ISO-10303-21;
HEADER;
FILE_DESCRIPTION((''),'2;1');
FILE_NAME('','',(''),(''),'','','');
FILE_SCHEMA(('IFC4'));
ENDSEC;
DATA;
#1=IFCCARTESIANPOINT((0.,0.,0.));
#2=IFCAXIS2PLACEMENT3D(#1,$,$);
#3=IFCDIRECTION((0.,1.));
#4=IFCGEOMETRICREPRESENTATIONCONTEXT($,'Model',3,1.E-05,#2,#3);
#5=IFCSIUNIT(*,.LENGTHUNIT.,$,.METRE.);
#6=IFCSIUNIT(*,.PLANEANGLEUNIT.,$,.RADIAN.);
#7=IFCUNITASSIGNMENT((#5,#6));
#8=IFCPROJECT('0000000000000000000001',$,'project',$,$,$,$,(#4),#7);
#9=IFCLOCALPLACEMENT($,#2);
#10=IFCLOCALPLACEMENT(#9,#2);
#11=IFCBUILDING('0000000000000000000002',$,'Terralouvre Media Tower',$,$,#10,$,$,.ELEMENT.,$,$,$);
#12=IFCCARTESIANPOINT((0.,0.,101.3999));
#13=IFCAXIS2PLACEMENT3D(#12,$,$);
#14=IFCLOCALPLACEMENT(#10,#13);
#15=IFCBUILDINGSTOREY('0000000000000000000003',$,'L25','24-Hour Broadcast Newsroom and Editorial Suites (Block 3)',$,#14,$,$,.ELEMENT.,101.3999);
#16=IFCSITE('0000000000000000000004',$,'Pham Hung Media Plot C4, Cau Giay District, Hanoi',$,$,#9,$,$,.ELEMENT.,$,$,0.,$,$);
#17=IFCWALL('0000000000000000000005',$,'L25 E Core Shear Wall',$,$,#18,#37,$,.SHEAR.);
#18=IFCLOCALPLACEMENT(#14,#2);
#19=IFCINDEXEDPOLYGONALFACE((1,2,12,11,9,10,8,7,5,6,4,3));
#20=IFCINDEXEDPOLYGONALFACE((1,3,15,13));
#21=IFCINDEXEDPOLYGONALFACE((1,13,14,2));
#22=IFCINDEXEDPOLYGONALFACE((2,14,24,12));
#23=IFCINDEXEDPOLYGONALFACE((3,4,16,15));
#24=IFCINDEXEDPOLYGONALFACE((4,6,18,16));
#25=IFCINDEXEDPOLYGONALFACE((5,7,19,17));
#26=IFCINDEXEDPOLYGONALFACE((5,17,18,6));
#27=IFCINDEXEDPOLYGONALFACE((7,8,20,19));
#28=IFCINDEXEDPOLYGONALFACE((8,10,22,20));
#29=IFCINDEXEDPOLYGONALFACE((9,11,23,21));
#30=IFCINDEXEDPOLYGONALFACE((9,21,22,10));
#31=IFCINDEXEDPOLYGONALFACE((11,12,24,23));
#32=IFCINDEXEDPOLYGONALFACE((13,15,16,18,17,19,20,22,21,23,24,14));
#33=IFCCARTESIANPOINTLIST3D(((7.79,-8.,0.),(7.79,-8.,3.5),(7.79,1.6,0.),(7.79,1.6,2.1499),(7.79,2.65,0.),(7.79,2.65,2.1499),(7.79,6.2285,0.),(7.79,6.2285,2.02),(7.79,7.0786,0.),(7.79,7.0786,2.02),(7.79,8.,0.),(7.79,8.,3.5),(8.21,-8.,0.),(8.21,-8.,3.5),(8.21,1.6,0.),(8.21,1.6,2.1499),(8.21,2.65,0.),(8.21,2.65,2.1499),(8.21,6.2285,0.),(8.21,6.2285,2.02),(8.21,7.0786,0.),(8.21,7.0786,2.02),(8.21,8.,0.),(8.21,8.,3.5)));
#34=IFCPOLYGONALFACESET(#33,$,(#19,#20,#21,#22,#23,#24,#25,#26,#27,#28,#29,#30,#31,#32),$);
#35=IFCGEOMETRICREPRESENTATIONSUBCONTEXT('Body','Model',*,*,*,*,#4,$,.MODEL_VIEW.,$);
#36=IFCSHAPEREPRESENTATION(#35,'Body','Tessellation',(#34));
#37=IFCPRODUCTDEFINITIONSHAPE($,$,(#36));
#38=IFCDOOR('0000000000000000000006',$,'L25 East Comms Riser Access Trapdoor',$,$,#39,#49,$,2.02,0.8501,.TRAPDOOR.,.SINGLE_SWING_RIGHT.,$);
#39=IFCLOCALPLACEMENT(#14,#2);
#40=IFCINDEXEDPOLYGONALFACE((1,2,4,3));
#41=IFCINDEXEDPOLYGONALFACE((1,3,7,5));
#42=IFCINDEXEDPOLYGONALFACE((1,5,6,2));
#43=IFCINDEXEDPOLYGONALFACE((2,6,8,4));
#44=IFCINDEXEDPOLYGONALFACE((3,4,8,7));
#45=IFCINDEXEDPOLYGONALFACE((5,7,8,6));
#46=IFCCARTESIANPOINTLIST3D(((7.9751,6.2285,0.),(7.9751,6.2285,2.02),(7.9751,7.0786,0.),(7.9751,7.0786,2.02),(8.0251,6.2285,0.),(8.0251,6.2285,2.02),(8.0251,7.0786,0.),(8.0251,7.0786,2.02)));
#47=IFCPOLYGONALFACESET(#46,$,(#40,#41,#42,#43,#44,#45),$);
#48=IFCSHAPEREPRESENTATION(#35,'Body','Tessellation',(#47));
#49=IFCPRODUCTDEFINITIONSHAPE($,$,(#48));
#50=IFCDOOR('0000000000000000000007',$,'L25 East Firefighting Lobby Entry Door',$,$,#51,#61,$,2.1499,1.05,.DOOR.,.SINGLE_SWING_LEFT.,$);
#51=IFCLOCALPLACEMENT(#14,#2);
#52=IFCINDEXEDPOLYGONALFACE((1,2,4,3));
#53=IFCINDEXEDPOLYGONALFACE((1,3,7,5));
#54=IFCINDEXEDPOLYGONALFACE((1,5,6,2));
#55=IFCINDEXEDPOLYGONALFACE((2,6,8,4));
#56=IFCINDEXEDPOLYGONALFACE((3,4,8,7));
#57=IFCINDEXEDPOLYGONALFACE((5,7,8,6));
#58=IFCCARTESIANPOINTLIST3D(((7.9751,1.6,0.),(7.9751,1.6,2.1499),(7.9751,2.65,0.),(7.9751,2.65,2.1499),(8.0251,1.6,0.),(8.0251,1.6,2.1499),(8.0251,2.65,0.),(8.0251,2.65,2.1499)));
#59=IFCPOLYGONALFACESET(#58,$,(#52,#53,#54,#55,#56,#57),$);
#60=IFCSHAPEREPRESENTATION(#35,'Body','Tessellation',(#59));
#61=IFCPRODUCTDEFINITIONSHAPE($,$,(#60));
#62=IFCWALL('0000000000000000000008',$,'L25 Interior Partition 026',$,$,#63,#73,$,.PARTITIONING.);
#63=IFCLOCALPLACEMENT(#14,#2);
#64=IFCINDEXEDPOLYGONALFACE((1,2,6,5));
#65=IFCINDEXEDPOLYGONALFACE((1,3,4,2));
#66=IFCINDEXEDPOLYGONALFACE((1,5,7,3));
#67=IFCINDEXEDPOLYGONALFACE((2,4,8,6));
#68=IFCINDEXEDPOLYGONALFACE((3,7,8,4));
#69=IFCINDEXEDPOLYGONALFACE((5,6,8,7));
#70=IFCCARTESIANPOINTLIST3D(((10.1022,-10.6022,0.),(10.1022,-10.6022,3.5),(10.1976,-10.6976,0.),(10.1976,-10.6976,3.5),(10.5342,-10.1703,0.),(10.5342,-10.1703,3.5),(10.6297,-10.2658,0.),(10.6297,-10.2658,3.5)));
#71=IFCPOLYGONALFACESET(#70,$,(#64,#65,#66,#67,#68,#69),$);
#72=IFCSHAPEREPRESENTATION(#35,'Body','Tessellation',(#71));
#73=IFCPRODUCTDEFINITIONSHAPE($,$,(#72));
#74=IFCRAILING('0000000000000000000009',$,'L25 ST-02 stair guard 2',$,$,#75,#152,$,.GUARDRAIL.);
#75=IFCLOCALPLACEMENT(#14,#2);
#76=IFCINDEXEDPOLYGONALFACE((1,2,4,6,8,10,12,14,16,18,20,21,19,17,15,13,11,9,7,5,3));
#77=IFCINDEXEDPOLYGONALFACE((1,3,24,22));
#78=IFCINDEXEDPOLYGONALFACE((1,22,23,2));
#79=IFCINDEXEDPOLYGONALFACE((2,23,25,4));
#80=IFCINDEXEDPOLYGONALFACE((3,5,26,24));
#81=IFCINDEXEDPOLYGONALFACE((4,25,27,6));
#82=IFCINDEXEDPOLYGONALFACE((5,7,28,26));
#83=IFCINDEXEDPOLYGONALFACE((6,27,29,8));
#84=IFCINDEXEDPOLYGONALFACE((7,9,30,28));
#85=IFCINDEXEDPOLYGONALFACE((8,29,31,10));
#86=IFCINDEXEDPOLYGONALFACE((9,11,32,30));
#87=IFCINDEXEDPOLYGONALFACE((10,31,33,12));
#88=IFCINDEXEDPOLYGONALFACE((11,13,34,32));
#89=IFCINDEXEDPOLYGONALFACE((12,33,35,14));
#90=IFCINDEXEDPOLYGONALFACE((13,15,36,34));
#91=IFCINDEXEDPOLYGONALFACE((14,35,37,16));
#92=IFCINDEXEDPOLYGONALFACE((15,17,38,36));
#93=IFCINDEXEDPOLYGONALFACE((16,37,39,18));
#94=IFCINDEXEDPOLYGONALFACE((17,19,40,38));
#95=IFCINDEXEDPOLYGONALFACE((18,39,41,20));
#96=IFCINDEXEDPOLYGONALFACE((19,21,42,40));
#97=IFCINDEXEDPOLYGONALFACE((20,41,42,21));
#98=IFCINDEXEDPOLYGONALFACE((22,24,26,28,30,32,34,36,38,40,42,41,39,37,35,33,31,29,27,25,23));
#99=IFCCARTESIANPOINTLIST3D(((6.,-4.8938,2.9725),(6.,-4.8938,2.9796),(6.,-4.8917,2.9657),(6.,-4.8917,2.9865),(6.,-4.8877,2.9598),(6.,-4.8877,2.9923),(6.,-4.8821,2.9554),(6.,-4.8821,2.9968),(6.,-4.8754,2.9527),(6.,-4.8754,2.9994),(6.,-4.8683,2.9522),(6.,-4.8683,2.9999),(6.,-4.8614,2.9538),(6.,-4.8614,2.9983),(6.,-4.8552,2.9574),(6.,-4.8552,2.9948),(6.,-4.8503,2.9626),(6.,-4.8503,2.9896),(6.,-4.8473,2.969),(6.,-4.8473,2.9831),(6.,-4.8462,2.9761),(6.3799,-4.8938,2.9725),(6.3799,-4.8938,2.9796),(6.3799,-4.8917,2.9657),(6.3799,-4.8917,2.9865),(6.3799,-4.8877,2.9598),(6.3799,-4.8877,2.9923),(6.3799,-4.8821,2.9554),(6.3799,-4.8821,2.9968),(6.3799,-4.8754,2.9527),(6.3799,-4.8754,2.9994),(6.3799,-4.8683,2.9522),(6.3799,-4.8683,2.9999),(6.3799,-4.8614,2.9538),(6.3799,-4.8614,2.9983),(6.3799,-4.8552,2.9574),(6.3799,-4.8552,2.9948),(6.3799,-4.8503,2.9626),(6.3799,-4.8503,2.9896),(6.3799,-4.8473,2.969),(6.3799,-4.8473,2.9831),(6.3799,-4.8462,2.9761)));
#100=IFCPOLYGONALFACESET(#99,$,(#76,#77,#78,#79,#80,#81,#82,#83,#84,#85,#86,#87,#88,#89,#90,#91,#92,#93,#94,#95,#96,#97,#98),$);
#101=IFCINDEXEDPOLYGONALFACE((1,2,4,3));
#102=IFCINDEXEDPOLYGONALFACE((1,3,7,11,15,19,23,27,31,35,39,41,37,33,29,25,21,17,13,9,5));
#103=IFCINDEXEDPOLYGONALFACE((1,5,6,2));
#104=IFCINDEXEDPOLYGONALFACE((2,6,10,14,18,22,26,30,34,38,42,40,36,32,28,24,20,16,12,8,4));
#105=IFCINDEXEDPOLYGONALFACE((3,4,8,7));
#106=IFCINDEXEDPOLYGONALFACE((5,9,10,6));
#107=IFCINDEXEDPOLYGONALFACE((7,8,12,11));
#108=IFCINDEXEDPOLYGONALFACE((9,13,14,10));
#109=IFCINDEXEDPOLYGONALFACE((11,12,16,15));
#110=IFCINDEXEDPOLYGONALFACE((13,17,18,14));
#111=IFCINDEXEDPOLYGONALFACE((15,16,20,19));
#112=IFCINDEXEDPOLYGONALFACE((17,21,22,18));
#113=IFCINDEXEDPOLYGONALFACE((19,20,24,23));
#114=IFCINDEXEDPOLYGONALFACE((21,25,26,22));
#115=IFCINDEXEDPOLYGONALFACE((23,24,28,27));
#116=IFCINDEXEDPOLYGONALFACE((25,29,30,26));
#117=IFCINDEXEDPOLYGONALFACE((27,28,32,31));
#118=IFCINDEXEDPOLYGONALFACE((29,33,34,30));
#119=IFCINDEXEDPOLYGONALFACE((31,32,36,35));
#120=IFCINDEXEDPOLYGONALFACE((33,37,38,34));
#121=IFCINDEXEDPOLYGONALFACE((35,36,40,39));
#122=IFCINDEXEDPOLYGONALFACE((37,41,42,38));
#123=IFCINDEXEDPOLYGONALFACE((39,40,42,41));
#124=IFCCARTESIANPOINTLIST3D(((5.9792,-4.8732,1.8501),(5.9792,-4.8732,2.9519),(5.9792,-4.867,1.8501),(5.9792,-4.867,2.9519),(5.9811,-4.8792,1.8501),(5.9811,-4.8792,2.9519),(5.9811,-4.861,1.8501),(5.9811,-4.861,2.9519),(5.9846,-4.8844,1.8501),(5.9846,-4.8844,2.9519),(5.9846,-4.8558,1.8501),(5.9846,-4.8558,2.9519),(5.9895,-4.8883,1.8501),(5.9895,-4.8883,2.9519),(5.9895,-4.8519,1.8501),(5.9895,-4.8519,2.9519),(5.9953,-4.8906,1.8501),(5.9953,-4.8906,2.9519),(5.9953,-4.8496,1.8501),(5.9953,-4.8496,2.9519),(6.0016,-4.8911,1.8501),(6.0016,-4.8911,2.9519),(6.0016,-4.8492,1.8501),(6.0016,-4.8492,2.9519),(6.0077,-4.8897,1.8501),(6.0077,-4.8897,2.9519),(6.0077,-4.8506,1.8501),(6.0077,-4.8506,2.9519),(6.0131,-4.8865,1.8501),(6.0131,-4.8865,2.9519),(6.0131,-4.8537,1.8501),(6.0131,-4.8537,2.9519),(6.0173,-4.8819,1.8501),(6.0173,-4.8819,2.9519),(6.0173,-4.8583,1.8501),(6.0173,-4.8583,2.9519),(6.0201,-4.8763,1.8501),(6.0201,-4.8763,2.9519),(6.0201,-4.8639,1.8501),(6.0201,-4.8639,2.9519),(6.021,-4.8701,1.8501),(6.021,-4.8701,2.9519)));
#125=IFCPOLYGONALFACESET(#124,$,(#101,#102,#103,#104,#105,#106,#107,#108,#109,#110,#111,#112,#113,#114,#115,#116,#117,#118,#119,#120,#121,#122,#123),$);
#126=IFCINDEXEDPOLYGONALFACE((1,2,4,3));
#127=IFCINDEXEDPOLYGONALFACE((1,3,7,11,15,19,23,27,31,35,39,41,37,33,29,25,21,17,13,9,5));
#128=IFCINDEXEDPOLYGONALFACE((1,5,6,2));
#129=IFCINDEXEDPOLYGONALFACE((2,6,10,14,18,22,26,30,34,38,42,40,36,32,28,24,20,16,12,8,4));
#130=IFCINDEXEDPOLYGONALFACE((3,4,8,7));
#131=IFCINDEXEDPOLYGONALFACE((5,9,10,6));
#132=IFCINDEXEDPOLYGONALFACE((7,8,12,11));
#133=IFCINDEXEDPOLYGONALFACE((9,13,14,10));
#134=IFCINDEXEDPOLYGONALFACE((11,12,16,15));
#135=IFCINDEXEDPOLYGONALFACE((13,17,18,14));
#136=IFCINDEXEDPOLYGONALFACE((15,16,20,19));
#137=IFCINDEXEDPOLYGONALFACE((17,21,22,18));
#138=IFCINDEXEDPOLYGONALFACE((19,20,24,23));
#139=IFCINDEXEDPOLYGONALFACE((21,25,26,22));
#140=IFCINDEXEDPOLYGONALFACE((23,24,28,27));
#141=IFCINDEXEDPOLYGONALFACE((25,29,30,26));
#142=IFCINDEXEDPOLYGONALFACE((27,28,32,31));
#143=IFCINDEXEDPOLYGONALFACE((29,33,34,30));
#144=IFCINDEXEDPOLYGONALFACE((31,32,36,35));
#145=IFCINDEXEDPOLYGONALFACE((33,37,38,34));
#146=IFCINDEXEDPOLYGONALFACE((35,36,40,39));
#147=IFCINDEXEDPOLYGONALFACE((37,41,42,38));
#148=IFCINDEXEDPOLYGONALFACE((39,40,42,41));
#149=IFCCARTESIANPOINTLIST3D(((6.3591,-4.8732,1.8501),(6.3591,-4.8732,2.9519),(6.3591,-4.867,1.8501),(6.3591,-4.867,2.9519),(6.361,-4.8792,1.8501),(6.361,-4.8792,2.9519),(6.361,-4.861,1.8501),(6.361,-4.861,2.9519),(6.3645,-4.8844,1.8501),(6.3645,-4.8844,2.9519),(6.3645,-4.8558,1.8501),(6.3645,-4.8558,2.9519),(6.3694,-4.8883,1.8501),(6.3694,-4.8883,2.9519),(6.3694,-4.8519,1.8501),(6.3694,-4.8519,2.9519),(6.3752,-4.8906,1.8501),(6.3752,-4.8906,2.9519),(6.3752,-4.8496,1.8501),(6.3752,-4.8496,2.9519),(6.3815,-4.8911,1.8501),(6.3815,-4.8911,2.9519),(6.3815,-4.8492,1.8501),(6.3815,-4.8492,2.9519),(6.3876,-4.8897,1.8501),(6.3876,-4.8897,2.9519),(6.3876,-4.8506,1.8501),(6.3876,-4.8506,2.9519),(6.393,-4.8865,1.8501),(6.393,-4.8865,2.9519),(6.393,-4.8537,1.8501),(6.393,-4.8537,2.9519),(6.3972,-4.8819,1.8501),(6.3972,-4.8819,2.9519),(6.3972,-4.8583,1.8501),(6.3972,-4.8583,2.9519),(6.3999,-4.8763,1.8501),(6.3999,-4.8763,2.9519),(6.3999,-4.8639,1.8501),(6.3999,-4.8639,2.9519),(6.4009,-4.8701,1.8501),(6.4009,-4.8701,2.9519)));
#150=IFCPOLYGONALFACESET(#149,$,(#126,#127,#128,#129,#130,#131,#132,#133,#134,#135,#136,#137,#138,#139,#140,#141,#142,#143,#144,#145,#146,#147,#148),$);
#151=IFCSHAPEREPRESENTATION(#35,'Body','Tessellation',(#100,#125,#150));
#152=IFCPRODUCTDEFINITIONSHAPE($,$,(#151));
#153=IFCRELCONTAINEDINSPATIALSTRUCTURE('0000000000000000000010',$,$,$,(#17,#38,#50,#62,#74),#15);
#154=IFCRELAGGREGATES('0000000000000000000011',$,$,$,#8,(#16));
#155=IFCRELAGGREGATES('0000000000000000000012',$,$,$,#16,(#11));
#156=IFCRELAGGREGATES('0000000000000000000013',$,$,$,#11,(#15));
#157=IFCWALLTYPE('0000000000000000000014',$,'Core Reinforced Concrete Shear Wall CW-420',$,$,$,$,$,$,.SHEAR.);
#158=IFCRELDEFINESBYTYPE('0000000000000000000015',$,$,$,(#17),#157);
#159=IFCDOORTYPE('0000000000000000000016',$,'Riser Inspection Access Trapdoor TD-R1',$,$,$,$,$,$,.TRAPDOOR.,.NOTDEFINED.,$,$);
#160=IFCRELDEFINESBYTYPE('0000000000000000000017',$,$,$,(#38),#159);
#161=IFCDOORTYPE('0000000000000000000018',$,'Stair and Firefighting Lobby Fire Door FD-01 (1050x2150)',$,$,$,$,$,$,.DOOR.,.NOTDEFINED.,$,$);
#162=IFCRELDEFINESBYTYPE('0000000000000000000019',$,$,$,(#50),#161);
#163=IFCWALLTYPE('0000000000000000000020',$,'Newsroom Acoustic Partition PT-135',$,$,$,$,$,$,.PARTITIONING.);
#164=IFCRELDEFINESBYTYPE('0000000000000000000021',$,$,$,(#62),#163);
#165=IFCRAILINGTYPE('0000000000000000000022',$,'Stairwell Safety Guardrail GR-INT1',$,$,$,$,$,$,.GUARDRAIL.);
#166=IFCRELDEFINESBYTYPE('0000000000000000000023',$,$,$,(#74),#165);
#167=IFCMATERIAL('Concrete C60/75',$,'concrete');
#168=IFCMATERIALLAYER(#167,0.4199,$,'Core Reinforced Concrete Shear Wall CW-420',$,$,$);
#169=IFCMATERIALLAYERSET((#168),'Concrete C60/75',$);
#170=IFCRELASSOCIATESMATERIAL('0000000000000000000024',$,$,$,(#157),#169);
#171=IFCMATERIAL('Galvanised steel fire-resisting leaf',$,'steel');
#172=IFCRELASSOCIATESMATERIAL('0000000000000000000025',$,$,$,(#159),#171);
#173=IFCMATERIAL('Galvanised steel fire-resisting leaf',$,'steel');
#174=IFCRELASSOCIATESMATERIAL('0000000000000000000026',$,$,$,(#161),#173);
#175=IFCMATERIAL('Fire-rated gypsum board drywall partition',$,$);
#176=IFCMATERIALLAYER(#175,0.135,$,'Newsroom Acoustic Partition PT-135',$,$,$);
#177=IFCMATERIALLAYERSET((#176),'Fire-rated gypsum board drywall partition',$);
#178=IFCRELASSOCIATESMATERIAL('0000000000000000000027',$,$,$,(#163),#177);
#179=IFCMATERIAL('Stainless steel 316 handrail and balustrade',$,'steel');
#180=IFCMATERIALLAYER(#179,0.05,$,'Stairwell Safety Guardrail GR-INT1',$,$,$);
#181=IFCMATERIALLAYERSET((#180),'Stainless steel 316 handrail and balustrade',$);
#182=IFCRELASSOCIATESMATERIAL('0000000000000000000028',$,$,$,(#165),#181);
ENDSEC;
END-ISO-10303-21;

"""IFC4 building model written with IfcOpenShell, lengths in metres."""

from ifc_helpers import new_model, si_unit, direction, frame, frame_2d, origin, origin_2d, place, context, subcontext, project, spatial, rectangle, circle, extrude, material, layer, layer_set, type_object, element, fill, save


model = new_model("IFC4")

# Units and contexts
model_context = context("Model", 3, precision=1e-05, world=origin(), true_north=direction((0.0, 1.0)))
body_context = subcontext(model_context, "Body", "Model", "MODEL_VIEW")
ifc_project = project(units=[si_unit("LENGTHUNIT", "METRE"), si_unit("PLANEANGLEUNIT", "RADIAN")], contexts=[model_context])

# Site, building, storey
site_placement = place(None, origin())
site = spatial("IfcSite", under=ifc_project, at=site_placement, Name="Pham Hung Media Plot C4, Cau Giay District, Hanoi", CompositionType="ELEMENT", RefElevation=0.0)
building_placement = place(site_placement, origin())
building = spatial("IfcBuilding", under=site, at=building_placement, Name="Terralouvre Media Tower", CompositionType="ELEMENT")
storey_placement = place(building_placement, frame((0.0, 0.0, 101.3999)))
storey = spatial("IfcBuildingStorey", under=building, at=storey_placement, Name="L25", Description="24-Hour Broadcast Newsroom and Editorial Suites (Block 3)", CompositionType="ELEMENT", Elevation=101.3999)

# Wall, openings, doors
ifc_material_1 = material(Name="Concrete C60/75", Category="concrete")
ifc_layer_1 = layer(ifc_material_1, 0.4199, Name="Core Reinforced Concrete Shear Wall CW-420")
ifc_layer_set_1 = layer_set([ifc_layer_1], Name="Concrete C60/75")
wall_type_1 = type_object("IfcWallType", Name="Core Reinforced Concrete Shear Wall CW-420", PredefinedType="SHEAR", material=ifc_layer_set_1)
wall_1_placement = place(storey_placement, frame((8.0, -8.0, 0.0), z_axis=(0.0, 0.0, 1.0), x_axis=(0.0, 1.0, 0.0)))
wall_1 = element("IfcWall", 1, at=wall_1_placement, inside=storey, type_object=wall_type_1, Name="L25 E Core Shear Wall", PredefinedType="SHEAR", context=body_context, shape_type="SweptSolid", body=[
    extrude(rectangle(XDim=16.0, YDim=0.4199, at=frame_2d((8.0, 0.0))), origin(), (0.0, 0.0, 1.0), 3.5),
])
opening_1_placement = place(wall_1_placement, frame((9.6001, 0.0, 0.0)))
opening_1 = element("IfcOpeningElement", 2, at=opening_1_placement, cuts=wall_1, PredefinedType="OPENING", context=body_context, shape_type="SweptSolid", body=[
    extrude(rectangle(XDim=1.05, YDim=2.1499, at=frame_2d((0.5249, 1.075))), frame((0.0, 0.22, 0.0), z_axis=(0.0, -1.0, 0.0), x_axis=(1.0, 0.0, 0.0)), (0.0, 0.0, 1.0), 0.4399),
])
opening_2_placement = place(wall_1_placement, frame((14.2285, 0.0, 0.0)))
opening_2 = element("IfcOpeningElement", 3, at=opening_2_placement, cuts=wall_1, PredefinedType="OPENING", context=body_context, shape_type="SweptSolid", body=[
    extrude(rectangle(XDim=0.8501, YDim=2.02, at=frame_2d((0.425, 1.01))), frame((0.0, 0.22, 0.0), z_axis=(0.0, -1.0, 0.0), x_axis=(1.0, 0.0, 0.0)), (0.0, 0.0, 1.0), 0.4399),
])
ifc_material_2 = material(Name="Galvanised steel fire-resisting leaf", Category="steel")
door_type_1 = type_object("IfcDoorType", Name="Riser Inspection Access Trapdoor TD-R1", OperationType="NOTDEFINED", PredefinedType="TRAPDOOR", material=ifc_material_2)
door_1_placement = place(opening_2_placement, origin())
door_1 = element("IfcDoor", 4, at=door_1_placement, inside=storey, type_object=door_type_1, Name="L25 East Comms Riser Access Trapdoor", OperationType="SINGLE_SWING_RIGHT", OverallHeight=2.02, OverallWidth=0.8501, PredefinedType="TRAPDOOR", context=body_context, shape_type="SweptSolid", body=[
    extrude(rectangle(XDim=0.8501, YDim=2.02, at=frame_2d((0.425, 1.01))), frame((0.0, 0.0249, 0.0), z_axis=(0.0, -1.0, 0.0), x_axis=(1.0, 0.0, 0.0)), (0.0, 0.0, 1.0), 0.05),
])
fill(opening_2, door_1)
ifc_material_3 = material(Name="Galvanised steel fire-resisting leaf", Category="steel")
door_type_2 = type_object("IfcDoorType", Name="Stair and Firefighting Lobby Fire Door FD-01 (1050x2150)", OperationType="NOTDEFINED", PredefinedType="DOOR", material=ifc_material_3)
door_2_placement = place(opening_1_placement, origin())
door_2 = element("IfcDoor", 5, at=door_2_placement, inside=storey, type_object=door_type_2, Name="L25 East Firefighting Lobby Entry Door", OperationType="SINGLE_SWING_LEFT", OverallHeight=2.1499, OverallWidth=1.05, PredefinedType="DOOR", context=body_context, shape_type="SweptSolid", body=[
    extrude(rectangle(XDim=1.05, YDim=2.1499, at=frame_2d((0.5249, 1.075))), frame((0.0, 0.0249, 0.0), z_axis=(0.0, -1.0, 0.0), x_axis=(1.0, 0.0, 0.0)), (0.0, 0.0, 1.0), 0.05),
])
fill(opening_1, door_2)

# Wall
ifc_material_4 = material(Name="Fire-rated gypsum board drywall partition")
ifc_layer_2 = layer(ifc_material_4, 0.135, Name="Newsroom Acoustic Partition PT-135")
ifc_layer_set_2 = layer_set([ifc_layer_2], Name="Fire-rated gypsum board drywall partition")
wall_type_2 = type_object("IfcWallType", Name="Newsroom Acoustic Partition PT-135", PredefinedType="PARTITIONING", material=ifc_layer_set_2)
wall_2_placement = place(storey_placement, frame((10.1499, -10.6499, 0.0), z_axis=(0.0, 0.0, 1.0), x_axis=(0.707307, 0.706907, 0.0)))
element("IfcWall", 6, at=wall_2_placement, inside=storey, type_object=wall_type_2, Name="L25 Interior Partition 026", PredefinedType="PARTITIONING", context=body_context, shape_type="SweptSolid", body=[
    extrude(rectangle(XDim=0.6108, YDim=0.135, at=frame_2d((0.3054, 0.0))), origin(), (0.0, 0.0, 1.0), 3.5),
])

# Railing
ifc_material_5 = material(Name="Stainless steel 316 handrail and balustrade", Category="steel")
ifc_layer_3 = layer(ifc_material_5, 0.05, Name="Stairwell Safety Guardrail GR-INT1")
ifc_layer_set_3 = layer_set([ifc_layer_3], Name="Stainless steel 316 handrail and balustrade")
railing_type = type_object("IfcRailingType", Name="Stairwell Safety Guardrail GR-INT1", PredefinedType="GUARDRAIL", material=ifc_layer_set_3)
railing_placement = place(storey_placement, frame((6.0, -4.8701, 1.8501)))
element("IfcRailing", 7, at=railing_placement, inside=storey, type_object=railing_type, Name="L25 ST-02 stair guard 2", PredefinedType="GUARDRAIL", context=body_context, shape_type="SweptSolid", body=[
    extrude(circle(Radius=0.0239, at=origin_2d()), frame((0.0, 0.0, 1.126), z_axis=(1.0, 0.0, 0.0), x_axis=(0.0, 1.0, 0.0)), (0.0, 0.0, 1.0), 0.3799),
    extrude(circle(Radius=0.021, at=origin_2d()), origin(), (0.0, 0.0, 1.0), 1.1018),
    extrude(circle(Radius=0.021, at=origin_2d()), frame((0.3799, 0.0, 0.0)), (0.0, 0.0, 1.0), 1.1018),
])

save(model, "model.ifc")
